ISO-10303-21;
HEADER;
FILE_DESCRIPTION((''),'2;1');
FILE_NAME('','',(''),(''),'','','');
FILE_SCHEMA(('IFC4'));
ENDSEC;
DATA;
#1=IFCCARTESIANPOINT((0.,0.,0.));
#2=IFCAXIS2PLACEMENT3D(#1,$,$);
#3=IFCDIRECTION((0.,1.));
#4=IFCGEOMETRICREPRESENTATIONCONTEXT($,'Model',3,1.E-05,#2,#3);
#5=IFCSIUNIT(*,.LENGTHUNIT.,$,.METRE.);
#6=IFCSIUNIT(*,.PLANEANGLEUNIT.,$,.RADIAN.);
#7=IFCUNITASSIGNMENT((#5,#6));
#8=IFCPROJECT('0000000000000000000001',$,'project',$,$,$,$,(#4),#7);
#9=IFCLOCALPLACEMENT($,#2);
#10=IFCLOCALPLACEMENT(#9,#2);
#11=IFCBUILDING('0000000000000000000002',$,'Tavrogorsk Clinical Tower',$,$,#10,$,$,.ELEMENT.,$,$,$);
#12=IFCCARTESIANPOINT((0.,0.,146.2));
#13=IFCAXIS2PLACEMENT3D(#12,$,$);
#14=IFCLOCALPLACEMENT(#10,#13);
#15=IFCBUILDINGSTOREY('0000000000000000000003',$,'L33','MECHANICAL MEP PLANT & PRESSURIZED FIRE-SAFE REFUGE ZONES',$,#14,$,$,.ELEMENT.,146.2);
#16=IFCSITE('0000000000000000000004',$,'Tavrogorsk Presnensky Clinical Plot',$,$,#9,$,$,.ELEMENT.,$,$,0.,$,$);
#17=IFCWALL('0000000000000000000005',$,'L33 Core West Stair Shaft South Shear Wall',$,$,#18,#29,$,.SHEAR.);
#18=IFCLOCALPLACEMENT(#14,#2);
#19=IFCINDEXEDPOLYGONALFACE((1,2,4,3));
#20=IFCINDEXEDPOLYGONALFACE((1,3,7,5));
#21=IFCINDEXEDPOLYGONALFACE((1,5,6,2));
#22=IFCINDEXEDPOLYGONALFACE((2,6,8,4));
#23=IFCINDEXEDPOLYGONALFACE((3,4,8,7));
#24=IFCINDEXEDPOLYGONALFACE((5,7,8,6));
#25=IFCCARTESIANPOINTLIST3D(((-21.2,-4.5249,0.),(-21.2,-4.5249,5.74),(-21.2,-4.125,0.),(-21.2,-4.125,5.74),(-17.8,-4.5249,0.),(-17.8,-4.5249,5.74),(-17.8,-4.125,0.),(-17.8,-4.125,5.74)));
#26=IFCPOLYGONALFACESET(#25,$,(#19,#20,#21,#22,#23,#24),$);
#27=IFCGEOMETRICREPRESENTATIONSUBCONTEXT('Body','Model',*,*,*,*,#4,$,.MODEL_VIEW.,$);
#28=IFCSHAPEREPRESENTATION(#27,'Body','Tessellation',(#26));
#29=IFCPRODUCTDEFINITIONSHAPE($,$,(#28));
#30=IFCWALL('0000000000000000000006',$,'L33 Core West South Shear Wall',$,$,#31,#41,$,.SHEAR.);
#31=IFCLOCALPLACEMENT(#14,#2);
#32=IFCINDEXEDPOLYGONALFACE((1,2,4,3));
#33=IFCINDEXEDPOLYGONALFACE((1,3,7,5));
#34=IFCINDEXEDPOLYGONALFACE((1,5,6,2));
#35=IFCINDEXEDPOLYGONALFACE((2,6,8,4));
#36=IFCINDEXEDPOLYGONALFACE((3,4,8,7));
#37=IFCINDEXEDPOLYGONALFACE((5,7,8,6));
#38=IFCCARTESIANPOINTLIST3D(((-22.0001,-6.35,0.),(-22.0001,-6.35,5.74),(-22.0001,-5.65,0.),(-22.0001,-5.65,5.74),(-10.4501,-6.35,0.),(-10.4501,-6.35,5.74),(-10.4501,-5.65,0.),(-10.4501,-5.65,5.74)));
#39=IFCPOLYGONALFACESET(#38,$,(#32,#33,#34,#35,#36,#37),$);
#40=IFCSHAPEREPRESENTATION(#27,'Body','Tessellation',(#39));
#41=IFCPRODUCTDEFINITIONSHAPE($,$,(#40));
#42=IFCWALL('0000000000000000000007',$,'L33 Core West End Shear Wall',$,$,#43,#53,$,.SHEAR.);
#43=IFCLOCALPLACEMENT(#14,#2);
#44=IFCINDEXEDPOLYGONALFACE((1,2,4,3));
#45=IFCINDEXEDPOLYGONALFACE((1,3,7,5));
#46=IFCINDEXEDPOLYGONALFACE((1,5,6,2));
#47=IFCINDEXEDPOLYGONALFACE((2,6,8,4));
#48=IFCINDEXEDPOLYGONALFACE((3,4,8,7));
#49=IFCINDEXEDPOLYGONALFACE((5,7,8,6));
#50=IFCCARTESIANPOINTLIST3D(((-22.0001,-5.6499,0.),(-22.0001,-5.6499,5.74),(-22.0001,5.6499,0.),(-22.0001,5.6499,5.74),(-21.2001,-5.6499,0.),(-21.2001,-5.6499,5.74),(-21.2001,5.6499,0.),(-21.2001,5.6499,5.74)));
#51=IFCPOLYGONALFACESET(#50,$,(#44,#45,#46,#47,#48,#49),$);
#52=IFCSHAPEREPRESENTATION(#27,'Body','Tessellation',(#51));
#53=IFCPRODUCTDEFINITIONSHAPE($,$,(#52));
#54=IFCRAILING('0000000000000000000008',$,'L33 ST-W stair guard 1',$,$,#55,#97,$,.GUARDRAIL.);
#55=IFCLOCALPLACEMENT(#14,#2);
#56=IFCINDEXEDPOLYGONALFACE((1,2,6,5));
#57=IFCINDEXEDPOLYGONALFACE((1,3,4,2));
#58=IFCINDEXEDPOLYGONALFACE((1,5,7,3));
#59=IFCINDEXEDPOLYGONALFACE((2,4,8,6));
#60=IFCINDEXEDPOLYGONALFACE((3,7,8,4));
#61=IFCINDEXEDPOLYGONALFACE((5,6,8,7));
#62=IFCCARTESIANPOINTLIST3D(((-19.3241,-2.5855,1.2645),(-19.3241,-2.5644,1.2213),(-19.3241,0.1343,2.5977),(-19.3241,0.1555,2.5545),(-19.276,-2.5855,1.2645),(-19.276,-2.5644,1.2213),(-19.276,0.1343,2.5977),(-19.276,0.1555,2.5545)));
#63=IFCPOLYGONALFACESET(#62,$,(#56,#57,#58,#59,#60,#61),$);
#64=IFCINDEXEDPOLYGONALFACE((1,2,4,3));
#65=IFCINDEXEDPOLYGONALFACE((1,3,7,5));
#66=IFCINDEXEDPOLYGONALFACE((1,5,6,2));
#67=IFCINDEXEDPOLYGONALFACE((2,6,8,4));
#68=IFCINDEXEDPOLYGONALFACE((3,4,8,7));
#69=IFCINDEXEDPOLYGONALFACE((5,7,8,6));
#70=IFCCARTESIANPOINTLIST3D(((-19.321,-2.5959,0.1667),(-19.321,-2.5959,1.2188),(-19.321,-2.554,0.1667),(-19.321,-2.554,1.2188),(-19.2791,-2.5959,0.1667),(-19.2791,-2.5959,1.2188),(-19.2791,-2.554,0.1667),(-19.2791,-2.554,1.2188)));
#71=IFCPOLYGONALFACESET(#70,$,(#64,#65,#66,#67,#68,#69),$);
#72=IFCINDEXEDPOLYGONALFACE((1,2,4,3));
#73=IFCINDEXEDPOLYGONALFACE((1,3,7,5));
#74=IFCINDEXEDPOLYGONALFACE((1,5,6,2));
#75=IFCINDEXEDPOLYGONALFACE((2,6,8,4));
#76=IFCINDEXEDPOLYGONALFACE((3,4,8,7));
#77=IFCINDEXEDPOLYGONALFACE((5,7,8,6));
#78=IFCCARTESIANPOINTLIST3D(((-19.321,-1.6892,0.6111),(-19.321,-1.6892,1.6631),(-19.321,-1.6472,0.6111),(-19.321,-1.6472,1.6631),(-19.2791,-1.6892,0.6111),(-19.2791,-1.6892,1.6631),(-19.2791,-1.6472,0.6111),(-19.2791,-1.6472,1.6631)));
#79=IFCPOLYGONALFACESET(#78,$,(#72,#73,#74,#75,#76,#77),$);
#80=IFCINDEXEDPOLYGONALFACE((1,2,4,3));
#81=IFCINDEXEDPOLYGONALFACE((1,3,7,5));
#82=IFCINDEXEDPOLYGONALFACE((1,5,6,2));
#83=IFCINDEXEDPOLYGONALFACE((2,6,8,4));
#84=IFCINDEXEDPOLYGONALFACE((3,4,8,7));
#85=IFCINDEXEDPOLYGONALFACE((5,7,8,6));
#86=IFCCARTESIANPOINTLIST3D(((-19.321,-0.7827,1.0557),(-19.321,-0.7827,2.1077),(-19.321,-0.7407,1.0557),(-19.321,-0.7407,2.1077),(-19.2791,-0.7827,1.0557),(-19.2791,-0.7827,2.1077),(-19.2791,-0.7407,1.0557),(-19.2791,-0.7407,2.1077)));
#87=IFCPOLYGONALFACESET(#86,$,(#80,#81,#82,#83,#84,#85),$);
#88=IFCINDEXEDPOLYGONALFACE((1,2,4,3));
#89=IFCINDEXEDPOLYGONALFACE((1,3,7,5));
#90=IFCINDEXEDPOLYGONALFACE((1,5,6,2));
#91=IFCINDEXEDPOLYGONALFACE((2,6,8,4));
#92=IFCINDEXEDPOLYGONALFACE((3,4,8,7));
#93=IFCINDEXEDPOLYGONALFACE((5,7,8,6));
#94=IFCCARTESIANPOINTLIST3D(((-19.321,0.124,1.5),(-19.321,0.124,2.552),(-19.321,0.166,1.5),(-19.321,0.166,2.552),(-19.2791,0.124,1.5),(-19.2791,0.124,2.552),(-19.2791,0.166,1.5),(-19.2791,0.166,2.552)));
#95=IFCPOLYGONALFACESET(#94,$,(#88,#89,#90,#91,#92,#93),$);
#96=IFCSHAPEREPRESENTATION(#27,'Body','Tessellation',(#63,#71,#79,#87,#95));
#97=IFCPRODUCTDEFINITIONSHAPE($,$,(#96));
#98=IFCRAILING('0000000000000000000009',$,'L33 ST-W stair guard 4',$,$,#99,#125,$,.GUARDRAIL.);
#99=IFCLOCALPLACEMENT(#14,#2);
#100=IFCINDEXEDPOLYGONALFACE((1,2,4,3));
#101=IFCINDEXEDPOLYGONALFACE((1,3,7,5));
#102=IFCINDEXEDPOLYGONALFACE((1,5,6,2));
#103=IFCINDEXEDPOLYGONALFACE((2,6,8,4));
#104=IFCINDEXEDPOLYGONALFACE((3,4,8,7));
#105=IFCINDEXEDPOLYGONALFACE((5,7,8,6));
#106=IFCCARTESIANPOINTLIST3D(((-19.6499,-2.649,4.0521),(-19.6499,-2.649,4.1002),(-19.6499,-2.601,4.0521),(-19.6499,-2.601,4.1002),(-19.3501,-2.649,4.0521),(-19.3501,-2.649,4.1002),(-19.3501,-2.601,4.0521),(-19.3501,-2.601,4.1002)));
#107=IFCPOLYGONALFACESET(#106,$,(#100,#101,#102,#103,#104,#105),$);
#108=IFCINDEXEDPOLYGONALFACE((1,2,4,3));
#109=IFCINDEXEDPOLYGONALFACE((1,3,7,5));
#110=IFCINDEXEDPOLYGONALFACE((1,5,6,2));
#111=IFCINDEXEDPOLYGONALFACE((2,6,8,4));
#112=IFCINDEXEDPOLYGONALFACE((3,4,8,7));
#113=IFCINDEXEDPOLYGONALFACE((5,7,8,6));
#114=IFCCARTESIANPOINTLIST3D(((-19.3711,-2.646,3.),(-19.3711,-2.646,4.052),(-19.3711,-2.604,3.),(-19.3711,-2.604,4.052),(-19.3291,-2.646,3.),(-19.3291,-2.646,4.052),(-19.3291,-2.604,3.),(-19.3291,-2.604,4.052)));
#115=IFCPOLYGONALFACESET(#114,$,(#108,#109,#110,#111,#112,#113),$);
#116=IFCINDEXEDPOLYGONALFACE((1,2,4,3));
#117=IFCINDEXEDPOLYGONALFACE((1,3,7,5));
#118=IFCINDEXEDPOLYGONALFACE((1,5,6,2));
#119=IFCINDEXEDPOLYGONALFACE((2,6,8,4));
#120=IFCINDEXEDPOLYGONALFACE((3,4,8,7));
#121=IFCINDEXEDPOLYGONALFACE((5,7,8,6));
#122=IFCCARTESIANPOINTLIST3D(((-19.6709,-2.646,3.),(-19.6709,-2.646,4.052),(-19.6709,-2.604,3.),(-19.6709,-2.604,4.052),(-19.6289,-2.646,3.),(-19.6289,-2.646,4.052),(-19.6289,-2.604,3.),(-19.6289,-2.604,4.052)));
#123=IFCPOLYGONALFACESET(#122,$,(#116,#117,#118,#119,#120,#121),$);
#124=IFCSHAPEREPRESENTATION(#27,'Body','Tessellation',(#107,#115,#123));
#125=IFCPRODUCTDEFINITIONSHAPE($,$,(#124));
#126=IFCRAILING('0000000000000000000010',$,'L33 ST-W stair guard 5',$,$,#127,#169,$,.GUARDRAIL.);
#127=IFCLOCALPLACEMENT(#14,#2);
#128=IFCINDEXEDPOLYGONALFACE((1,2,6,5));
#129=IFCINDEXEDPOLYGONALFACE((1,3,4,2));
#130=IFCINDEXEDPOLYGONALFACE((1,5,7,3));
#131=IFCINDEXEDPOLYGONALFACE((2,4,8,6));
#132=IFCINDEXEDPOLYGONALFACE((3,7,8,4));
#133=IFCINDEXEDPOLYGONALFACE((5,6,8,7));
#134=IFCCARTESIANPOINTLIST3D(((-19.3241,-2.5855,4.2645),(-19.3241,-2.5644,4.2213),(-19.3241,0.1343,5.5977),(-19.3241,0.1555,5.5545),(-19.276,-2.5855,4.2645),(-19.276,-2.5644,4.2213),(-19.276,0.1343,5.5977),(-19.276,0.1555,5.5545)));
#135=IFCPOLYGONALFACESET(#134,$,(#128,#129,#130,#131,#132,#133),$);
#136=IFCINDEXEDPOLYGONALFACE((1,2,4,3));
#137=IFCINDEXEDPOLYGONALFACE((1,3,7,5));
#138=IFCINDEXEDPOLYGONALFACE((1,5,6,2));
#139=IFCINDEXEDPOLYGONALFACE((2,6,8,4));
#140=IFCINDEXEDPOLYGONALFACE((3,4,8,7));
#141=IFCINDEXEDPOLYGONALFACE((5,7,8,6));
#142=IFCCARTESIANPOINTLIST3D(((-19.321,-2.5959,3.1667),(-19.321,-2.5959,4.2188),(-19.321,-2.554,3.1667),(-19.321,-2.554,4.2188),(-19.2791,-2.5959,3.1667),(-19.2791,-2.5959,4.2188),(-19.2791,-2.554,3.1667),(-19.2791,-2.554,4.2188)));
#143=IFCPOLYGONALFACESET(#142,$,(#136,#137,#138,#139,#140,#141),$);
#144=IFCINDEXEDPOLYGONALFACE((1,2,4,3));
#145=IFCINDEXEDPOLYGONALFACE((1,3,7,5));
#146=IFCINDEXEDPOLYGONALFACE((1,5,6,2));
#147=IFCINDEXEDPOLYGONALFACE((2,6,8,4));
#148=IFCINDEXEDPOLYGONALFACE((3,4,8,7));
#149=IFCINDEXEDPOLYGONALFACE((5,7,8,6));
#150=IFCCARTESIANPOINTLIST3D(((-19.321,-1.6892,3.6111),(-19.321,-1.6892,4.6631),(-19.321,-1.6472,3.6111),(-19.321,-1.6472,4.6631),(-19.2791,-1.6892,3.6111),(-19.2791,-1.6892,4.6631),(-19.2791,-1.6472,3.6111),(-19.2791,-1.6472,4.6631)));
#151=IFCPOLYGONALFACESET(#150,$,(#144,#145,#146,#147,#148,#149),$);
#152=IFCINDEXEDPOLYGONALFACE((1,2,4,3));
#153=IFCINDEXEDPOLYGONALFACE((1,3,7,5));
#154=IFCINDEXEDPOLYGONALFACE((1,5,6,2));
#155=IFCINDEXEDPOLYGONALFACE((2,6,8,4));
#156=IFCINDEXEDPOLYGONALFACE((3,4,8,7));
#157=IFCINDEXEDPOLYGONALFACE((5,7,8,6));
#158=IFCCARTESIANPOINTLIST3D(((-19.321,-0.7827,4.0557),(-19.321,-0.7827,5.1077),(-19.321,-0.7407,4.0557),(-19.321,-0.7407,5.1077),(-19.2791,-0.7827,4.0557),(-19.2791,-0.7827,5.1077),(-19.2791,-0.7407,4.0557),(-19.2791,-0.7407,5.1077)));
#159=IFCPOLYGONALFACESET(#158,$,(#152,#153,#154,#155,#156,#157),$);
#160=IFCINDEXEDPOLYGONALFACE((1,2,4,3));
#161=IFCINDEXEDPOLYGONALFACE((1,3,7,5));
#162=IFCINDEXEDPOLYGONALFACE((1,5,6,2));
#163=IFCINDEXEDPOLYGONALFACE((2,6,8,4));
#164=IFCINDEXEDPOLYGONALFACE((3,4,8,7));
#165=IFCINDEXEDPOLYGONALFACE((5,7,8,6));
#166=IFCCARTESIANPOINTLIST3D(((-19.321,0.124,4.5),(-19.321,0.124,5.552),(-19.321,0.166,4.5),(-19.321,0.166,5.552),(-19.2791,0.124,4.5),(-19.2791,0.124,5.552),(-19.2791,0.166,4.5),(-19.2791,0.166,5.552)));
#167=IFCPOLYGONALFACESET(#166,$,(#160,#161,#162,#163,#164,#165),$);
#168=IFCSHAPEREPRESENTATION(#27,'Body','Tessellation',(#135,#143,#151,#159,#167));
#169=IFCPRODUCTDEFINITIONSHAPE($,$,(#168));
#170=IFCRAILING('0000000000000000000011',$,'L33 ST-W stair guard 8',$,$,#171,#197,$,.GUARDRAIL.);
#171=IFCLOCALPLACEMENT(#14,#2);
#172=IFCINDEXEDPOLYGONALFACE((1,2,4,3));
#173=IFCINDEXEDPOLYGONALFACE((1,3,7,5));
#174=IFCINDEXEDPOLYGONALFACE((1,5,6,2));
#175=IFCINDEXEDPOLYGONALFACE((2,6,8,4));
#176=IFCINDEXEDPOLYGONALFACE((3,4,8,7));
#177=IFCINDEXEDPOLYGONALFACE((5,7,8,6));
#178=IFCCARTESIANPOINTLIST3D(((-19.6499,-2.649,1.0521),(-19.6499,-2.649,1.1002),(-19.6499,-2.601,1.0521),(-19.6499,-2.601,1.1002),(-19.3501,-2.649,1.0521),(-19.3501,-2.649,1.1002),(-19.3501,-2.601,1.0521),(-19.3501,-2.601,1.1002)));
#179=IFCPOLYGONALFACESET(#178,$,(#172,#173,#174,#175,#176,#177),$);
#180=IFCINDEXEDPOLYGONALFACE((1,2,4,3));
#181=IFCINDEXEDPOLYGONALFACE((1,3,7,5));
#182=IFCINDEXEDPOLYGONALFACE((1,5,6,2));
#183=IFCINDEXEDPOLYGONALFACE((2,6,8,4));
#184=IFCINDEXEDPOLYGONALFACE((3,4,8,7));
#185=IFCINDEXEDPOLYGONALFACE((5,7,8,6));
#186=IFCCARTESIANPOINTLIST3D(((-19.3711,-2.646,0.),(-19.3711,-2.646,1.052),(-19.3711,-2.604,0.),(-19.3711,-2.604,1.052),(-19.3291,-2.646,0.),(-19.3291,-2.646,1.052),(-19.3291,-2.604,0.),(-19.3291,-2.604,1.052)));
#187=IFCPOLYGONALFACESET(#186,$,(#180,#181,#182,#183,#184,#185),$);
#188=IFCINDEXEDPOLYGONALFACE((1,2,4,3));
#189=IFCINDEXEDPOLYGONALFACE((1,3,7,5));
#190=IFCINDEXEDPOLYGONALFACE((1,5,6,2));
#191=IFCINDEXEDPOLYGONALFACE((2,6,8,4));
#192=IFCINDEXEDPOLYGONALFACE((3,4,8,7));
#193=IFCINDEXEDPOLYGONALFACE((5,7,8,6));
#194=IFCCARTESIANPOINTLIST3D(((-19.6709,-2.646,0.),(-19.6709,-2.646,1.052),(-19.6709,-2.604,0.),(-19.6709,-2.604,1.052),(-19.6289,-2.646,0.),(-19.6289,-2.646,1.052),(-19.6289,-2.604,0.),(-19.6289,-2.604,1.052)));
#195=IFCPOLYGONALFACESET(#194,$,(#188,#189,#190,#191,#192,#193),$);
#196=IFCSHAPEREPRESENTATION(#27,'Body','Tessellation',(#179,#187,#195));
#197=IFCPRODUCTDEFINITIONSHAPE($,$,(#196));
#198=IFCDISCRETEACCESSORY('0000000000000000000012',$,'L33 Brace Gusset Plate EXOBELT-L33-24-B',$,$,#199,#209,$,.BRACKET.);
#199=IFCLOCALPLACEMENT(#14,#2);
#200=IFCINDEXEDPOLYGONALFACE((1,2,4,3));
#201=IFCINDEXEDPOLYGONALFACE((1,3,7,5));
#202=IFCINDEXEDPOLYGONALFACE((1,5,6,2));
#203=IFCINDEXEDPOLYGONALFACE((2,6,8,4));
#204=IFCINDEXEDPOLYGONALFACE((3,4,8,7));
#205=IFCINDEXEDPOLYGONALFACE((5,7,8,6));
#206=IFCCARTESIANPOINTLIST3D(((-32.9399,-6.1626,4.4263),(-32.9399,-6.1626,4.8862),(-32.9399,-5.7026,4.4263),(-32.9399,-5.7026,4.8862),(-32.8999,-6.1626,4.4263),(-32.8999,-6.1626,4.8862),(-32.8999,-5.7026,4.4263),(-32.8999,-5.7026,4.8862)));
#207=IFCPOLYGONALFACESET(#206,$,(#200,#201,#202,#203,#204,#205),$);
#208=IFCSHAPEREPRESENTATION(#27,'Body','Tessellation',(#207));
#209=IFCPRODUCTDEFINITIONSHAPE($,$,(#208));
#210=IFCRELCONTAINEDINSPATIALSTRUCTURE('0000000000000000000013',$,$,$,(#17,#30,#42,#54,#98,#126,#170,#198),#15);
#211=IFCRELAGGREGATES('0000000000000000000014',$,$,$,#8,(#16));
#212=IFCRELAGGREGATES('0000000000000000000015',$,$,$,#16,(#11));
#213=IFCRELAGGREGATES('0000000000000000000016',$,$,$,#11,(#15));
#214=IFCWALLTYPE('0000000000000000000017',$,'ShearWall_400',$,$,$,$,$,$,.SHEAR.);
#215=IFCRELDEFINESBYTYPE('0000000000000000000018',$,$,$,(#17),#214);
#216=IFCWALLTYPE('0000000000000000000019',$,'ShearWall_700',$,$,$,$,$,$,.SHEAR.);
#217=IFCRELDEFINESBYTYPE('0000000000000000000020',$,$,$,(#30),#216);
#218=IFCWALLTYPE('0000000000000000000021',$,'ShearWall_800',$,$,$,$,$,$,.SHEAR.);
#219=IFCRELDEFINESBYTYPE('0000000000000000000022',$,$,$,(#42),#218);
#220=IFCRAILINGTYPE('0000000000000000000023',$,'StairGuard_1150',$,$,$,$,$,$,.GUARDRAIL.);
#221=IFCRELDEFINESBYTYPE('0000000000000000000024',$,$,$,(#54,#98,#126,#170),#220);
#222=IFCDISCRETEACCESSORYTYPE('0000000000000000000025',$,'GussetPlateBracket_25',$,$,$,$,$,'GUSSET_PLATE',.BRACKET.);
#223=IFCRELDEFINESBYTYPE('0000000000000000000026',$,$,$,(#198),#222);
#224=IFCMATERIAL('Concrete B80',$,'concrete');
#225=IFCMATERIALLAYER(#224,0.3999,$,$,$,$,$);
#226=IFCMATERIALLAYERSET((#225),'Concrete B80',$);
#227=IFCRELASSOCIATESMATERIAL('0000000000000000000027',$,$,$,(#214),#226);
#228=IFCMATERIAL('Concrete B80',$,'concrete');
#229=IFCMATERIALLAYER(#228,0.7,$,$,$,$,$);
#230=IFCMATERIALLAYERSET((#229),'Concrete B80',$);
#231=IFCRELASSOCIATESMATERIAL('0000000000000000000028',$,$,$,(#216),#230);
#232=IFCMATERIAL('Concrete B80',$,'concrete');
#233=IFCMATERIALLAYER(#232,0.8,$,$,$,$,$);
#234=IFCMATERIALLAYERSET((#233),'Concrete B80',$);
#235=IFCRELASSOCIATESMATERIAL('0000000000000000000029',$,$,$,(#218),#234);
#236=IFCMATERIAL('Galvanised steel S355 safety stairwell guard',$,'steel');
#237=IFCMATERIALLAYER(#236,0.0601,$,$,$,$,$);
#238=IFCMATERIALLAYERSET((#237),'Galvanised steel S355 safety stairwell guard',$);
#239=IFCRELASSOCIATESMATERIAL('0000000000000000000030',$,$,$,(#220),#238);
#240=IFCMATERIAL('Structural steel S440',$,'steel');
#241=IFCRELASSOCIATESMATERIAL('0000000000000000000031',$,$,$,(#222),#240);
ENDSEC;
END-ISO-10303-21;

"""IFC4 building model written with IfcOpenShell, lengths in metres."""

from ifc_helpers import new_model, si_unit, direction, frame, frame_2d, origin, origin_2d, place, context, subcontext, project, spatial, rectangle, extrude, material, layer, layer_set, type_object, element, save


model = new_model("IFC4")

# Units and contexts
model_context = context("Model", 3, precision=1e-05, world=origin(), true_north=direction((0.0, 1.0)))
body_context = subcontext(model_context, "Body", "Model", "MODEL_VIEW")
ifc_project = project(units=[si_unit("LENGTHUNIT", "METRE"), si_unit("PLANEANGLEUNIT", "RADIAN")], contexts=[model_context])

# Site, building, storey
site_placement = place(None, origin())
site = spatial("IfcSite", under=ifc_project, at=site_placement, Name="Tavrogorsk Presnensky Clinical Plot", CompositionType="ELEMENT", RefElevation=0.0)
building_placement = place(site_placement, origin())
building = spatial("IfcBuilding", under=site, at=building_placement, Name="Tavrogorsk Clinical Tower", CompositionType="ELEMENT")
storey_placement = place(building_placement, frame((0.0, 0.0, 146.2)))
storey = spatial("IfcBuildingStorey", under=building, at=storey_placement, Name="L33", Description="MECHANICAL MEP PLANT & PRESSURIZED FIRE-SAFE REFUGE ZONES", CompositionType="ELEMENT", Elevation=146.2)

# Walls
ifc_material_1 = material(Name="Concrete B80", Category="concrete")
ifc_layer_1 = layer(ifc_material_1, 0.3999)
ifc_layer_set_1 = layer_set([ifc_layer_1], Name="Concrete B80")
wall_type_1 = type_object("IfcWallType", Name="ShearWall_400", PredefinedType="SHEAR", material=ifc_layer_set_1)
wall_1_placement = place(storey_placement, frame((-21.2, -4.325, 0.0), z_axis=(0.0, 0.0, 1.0), x_axis=(1.0, 0.0, 0.0)))
element("IfcWall", 1, at=wall_1_placement, inside=storey, type_object=wall_type_1, Name="L33 Core West Stair Shaft South Shear Wall", PredefinedType="SHEAR", context=body_context, shape_type="SweptSolid", body=[
    extrude(rectangle(XDim=3.3999, YDim=0.3999, at=frame_2d((1.7, 0.0))), origin(), (0.0, 0.0, 1.0), 5.74),
])
ifc_material_2 = material(Name="Concrete B80", Category="concrete")
ifc_layer_2 = layer(ifc_material_2, 0.7)
ifc_layer_set_2 = layer_set([ifc_layer_2], Name="Concrete B80")
wall_type_2 = type_object("IfcWallType", Name="ShearWall_700", PredefinedType="SHEAR", material=ifc_layer_set_2)
wall_2_placement = place(storey_placement, frame((-22.0, -6.0, 0.0), z_axis=(0.0, 0.0, 1.0), x_axis=(1.0, 0.0, 0.0)))
element("IfcWall", 2, at=wall_2_placement, inside=storey, type_object=wall_type_2, Name="L33 Core West South Shear Wall", PredefinedType="SHEAR", context=body_context, shape_type="SweptSolid", body=[
    extrude(rectangle(XDim=11.55, YDim=0.7, at=frame_2d((5.7749, 0.0))), origin(), (0.0, 0.0, 1.0), 5.74),
])
ifc_material_3 = material(Name="Concrete B80", Category="concrete")
ifc_layer_3 = layer(ifc_material_3, 0.8)
ifc_layer_set_3 = layer_set([ifc_layer_3], Name="Concrete B80")
wall_type_3 = type_object("IfcWallType", Name="ShearWall_800", PredefinedType="SHEAR", material=ifc_layer_set_3)
wall_3_placement = place(storey_placement, frame((-21.6001, -5.6499, 0.0), z_axis=(0.0, 0.0, 1.0), x_axis=(0.0, 1.0, 0.0)))
element("IfcWall", 3, at=wall_3_placement, inside=storey, type_object=wall_type_3, Name="L33 Core West End Shear Wall", PredefinedType="SHEAR", context=body_context, shape_type="SweptSolid", body=[
    extrude(rectangle(XDim=11.2998, YDim=0.8, at=frame_2d((5.6499, 0.0))), origin(), (0.0, 0.0, 1.0), 5.74),
])

# Railings
ifc_material_4 = material(Name="Galvanised steel S355 safety stairwell guard", Category="steel")
ifc_layer_4 = layer(ifc_material_4, 0.0601)
ifc_layer_set_4 = layer_set([ifc_layer_4], Name="Galvanised steel S355 safety stairwell guard")
railing_type = type_object("IfcRailingType", Name="StairGuard_1150", PredefinedType="GUARDRAIL", material=ifc_layer_set_4)
railing_1_placement = place(storey_placement, frame((-19.3, -2.575, 0.1667)))
element("IfcRailing", 4, at=railing_1_placement, inside=storey, type_object=railing_type, Name="L33 ST-W stair guard 1", PredefinedType="GUARDRAIL", context=body_context, shape_type="SweptSolid", body=[
    extrude(rectangle(XDim=0.0481, YDim=0.0481, at=origin_2d()), frame((0.0, 0.0, 1.0762), z_axis=(0.0, 0.897929, 0.440139), x_axis=(-1.0, 0.0, 0.0)), (0.0, 0.0, 1.0), 3.0291),
    extrude(rectangle(XDim=0.042, YDim=0.042, at=origin_2d()), origin(), (0.0, 0.0, 1.0), 1.052),
    extrude(rectangle(XDim=0.042, YDim=0.042, at=origin_2d()), frame((0.0, 0.9067, 0.4443)), (0.0, 0.0, 1.0), 1.052),
    extrude(rectangle(XDim=0.042, YDim=0.042, at=origin_2d()), frame((0.0, 1.8132, 0.8889)), (0.0, 0.0, 1.0), 1.052),
    extrude(rectangle(XDim=0.042, YDim=0.042, at=origin_2d()), frame((0.0, 2.72, 1.3333)), (0.0, 0.0, 1.0), 1.052),
])
railing_2_placement = place(storey_placement, frame((-19.3501, -2.625, 3.0)))
element("IfcRailing", 5, at=railing_2_placement, inside=storey, type_object=railing_type, Name="L33 ST-W stair guard 4", PredefinedType="GUARDRAIL", context=body_context, shape_type="SweptSolid", body=[
    extrude(rectangle(XDim=0.0481, YDim=0.0481, at=origin_2d()), frame((0.0, 0.0, 1.0762), z_axis=(-1.0, 0.0, 0.0), x_axis=(0.0, -1.0, 0.0)), (0.0, 0.0, 1.0), 0.2998),
    extrude(rectangle(XDim=0.042, YDim=0.042, at=origin_2d()), origin(), (0.0, 0.0, 1.0), 1.052),
    extrude(rectangle(XDim=0.042, YDim=0.042, at=origin_2d()), frame((-0.2998, 0.0, 0.0)), (0.0, 0.0, 1.0), 1.052),
])
railing_3_placement = place(storey_placement, frame((-19.3, -2.575, 3.1667)))
element("IfcRailing", 6, at=railing_3_placement, inside=storey, type_object=railing_type, Name="L33 ST-W stair guard 5", PredefinedType="GUARDRAIL", context=body_context, shape_type="SweptSolid", body=[
    extrude(rectangle(XDim=0.0481, YDim=0.0481, at=origin_2d()), frame((0.0, 0.0, 1.0762), z_axis=(0.0, 0.897929, 0.440139), x_axis=(-1.0, 0.0, 0.0)), (0.0, 0.0, 1.0), 3.0291),
    extrude(rectangle(XDim=0.042, YDim=0.042, at=origin_2d()), origin(), (0.0, 0.0, 1.0), 1.052),
    extrude(rectangle(XDim=0.042, YDim=0.042, at=origin_2d()), frame((0.0, 0.9067, 0.4443)), (0.0, 0.0, 1.0), 1.052),
    extrude(rectangle(XDim=0.042, YDim=0.042, at=origin_2d()), frame((0.0, 1.8132, 0.8889)), (0.0, 0.0, 1.0), 1.052),
    extrude(rectangle(XDim=0.042, YDim=0.042, at=origin_2d()), frame((0.0, 2.72, 1.3333)), (0.0, 0.0, 1.0), 1.052),
])
railing_4_placement = place(storey_placement, frame((-19.3501, -2.625, 0.0)))
element("IfcRailing", 7, at=railing_4_placement, inside=storey, type_object=railing_type, Name="L33 ST-W stair guard 8", PredefinedType="GUARDRAIL", context=body_context, shape_type="SweptSolid", body=[
    extrude(rectangle(XDim=0.0481, YDim=0.0481, at=origin_2d()), frame((0.0, 0.0, 1.0762), z_axis=(-1.0, 0.0, 0.0), x_axis=(0.0, -1.0, 0.0)), (0.0, 0.0, 1.0), 0.2998),
    extrude(rectangle(XDim=0.042, YDim=0.042, at=origin_2d()), origin(), (0.0, 0.0, 1.0), 1.052),
    extrude(rectangle(XDim=0.042, YDim=0.042, at=origin_2d()), frame((-0.2998, 0.0, 0.0)), (0.0, 0.0, 1.0), 1.052),
])

# Discrete accessory
ifc_material_5 = material(Name="Structural steel S440", Category="steel")
discrete_accessory_type_1 = type_object("IfcDiscreteAccessoryType", Name="GussetPlateBracket_25", ElementType="GUSSET_PLATE", PredefinedType="BRACKET", material=ifc_material_5)
for number, where, z_axis, x_axis, name in (
    (8, (-32.9199, -5.9326, 4.4263), (0.0, 0.0, 1.0), (0.0, -1.0, 0.0), "L33 Brace Gusset Plate EXOBELT-L33-24-B"),
):
    element("IfcDiscreteAccessory", number, at=place(storey_placement, frame(where, z_axis=z_axis, x_axis=x_axis)), inside=storey, type_object=discrete_accessory_type_1, Name=name, PredefinedType="BRACKET", context=body_context, shape_type="SweptSolid", body=[
        extrude(rectangle(XDim=0.46, YDim=0.04, at=origin_2d()), origin(), (0.0, 0.0, 1.0), 0.46),
    ])

save(model, "model.ifc")
